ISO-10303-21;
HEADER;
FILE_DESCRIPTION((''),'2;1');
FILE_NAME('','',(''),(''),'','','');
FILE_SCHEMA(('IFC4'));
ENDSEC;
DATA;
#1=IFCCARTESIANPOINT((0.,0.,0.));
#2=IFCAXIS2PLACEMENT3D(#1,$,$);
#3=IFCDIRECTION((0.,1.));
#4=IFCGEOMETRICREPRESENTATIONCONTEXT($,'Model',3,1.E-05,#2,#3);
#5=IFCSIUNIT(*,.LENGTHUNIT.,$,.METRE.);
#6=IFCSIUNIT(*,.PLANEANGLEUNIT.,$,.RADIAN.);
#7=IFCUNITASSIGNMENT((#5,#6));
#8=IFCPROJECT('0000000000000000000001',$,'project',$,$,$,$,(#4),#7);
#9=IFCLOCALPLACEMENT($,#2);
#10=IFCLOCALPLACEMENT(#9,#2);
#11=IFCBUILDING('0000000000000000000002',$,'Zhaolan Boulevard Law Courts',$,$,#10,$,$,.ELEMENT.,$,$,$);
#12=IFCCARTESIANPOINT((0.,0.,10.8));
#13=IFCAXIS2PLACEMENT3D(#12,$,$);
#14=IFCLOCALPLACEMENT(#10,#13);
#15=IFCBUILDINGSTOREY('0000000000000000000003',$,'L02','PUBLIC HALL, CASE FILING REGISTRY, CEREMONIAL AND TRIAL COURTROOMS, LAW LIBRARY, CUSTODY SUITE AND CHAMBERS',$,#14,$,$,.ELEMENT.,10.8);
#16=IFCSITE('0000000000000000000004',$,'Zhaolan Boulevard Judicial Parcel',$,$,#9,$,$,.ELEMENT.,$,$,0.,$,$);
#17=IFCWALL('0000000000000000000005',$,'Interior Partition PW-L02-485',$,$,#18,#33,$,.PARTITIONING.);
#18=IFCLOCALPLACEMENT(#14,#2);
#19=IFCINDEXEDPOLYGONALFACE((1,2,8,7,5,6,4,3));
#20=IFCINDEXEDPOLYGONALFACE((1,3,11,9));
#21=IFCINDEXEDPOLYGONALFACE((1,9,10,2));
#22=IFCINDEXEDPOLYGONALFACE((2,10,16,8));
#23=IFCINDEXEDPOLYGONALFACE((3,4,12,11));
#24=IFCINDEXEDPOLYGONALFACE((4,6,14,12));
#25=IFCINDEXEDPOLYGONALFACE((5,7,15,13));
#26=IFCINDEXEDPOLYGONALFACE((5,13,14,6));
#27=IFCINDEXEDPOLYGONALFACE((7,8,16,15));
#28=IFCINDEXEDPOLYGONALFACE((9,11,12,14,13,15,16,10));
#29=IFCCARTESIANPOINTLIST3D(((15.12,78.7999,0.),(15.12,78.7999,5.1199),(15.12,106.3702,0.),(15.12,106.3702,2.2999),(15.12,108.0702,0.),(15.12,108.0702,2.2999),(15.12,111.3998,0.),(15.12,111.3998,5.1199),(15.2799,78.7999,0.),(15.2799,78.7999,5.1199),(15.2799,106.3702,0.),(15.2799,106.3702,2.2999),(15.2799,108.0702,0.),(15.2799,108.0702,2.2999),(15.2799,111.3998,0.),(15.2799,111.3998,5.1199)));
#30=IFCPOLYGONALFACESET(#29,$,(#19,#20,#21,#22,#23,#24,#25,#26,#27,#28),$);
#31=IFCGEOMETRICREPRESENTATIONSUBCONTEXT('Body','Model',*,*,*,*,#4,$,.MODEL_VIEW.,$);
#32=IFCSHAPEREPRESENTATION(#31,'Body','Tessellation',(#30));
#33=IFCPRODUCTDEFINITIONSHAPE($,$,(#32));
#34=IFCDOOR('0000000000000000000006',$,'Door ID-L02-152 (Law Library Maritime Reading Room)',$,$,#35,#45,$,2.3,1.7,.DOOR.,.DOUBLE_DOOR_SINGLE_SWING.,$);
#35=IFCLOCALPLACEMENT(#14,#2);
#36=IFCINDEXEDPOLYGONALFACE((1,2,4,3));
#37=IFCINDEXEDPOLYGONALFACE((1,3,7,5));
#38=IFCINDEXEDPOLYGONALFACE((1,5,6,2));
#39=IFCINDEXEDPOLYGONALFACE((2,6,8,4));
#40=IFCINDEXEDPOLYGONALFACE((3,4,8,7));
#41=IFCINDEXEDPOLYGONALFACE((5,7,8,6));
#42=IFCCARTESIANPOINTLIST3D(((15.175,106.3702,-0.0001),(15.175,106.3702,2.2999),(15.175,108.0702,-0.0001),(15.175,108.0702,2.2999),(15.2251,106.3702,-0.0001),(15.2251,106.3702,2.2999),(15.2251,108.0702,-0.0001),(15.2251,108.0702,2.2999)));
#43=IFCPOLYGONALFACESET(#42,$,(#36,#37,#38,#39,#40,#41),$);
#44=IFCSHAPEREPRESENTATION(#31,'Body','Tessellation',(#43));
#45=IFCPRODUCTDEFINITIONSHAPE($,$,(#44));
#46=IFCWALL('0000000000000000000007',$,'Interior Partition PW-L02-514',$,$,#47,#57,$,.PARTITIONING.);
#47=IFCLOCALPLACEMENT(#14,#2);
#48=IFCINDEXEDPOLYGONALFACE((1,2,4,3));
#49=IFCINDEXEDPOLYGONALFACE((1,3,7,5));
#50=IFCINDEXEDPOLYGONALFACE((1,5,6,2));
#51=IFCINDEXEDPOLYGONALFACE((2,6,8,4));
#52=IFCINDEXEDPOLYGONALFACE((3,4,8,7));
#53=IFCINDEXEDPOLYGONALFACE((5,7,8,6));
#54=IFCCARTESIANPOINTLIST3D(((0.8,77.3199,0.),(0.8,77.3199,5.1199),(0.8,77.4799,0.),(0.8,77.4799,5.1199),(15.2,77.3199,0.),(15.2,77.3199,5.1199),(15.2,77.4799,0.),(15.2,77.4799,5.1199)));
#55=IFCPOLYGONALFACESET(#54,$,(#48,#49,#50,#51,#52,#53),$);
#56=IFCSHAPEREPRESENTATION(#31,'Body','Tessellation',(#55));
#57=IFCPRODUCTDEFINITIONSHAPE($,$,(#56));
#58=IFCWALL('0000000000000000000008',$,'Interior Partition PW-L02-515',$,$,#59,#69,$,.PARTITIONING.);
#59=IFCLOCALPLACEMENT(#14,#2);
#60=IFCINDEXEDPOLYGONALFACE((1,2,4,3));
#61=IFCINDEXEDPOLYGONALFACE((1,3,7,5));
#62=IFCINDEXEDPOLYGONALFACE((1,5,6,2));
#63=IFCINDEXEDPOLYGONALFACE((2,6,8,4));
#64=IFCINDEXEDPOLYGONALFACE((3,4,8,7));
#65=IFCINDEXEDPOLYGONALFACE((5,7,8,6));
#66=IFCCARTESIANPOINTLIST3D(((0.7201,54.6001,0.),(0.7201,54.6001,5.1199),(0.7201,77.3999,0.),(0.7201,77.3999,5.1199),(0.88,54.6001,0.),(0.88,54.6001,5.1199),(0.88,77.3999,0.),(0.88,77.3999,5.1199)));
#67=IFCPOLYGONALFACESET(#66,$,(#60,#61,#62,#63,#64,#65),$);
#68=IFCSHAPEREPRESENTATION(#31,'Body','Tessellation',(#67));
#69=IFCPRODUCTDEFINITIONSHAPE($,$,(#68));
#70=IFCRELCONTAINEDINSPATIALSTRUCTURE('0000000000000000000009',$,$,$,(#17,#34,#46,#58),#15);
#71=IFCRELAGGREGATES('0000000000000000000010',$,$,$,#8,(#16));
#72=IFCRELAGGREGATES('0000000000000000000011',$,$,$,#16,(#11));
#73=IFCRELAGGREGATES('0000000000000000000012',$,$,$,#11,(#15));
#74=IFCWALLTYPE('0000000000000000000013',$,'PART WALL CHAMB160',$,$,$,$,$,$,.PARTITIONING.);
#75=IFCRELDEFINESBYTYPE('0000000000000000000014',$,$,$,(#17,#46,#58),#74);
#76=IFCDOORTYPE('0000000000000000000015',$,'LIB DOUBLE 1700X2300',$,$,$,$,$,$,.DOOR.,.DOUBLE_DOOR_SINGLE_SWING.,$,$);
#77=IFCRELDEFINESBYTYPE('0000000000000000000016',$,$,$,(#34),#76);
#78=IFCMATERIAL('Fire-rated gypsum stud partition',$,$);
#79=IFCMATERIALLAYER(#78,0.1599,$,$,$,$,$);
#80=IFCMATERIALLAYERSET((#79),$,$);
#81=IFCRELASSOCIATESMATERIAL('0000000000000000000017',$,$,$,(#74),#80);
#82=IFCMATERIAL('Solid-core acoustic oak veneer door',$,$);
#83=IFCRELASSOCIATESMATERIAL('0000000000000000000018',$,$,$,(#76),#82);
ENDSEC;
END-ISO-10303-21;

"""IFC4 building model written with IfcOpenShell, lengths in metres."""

from ifc_helpers import new_model, si_unit, direction, frame, frame_2d, origin, place, context, subcontext, project, spatial, rectangle, extrude, material, layer, layer_set, type_object, element, fill, save


model = new_model("IFC4")

# Units and contexts
model_context = context("Model", 3, precision=1e-05, world=origin(), true_north=direction((0.0, 1.0)))
body_context = subcontext(model_context, "Body", "Model", "MODEL_VIEW")
ifc_project = project(units=[si_unit("LENGTHUNIT", "METRE"), si_unit("PLANEANGLEUNIT", "RADIAN")], contexts=[model_context])

# Site, building, storey
site_placement = place(None, origin())
site = spatial("IfcSite", under=ifc_project, at=site_placement, Name="Zhaolan Boulevard Judicial Parcel", CompositionType="ELEMENT", RefElevation=0.0)
building_placement = place(site_placement, origin())
building = spatial("IfcBuilding", under=site, at=building_placement, Name="Zhaolan Boulevard Law Courts", CompositionType="ELEMENT")
storey_placement = place(building_placement, frame((0.0, 0.0, 10.8)))
storey = spatial("IfcBuildingStorey", under=building, at=storey_placement, Name="L02", Description="PUBLIC HALL, CASE FILING REGISTRY, CEREMONIAL AND TRIAL COURTROOMS, LAW LIBRARY, CUSTODY SUITE AND CHAMBERS", CompositionType="ELEMENT", Elevation=10.8)

# Shared definitions
ifc_material_1 = material(Name="Fire-rated gypsum stud partition")
ifc_layer_1 = layer(ifc_material_1, 0.1599)
ifc_layer_set_1 = layer_set([ifc_layer_1])
wall_type = type_object("IfcWallType", Name="PART WALL CHAMB160", PredefinedType="PARTITIONING", material=ifc_layer_set_1)

# Wall, opening, door
wall_1_placement = place(storey_placement, frame((15.2, 78.8, 0.0), z_axis=(0.0, 0.0, 1.0), x_axis=(0.0, 1.0, 0.0)))
wall_1 = element("IfcWall", 1, at=wall_1_placement, inside=storey, type_object=wall_type, Name="Interior Partition PW-L02-485", PredefinedType="PARTITIONING", context=body_context, shape_type="SweptSolid", body=[
    extrude(rectangle(XDim=32.5999, YDim=0.1599, at=frame_2d((16.2998, 0.0))), origin(), (0.0, 0.0, 1.0), 5.1199),
])
opening_placement = place(wall_1_placement, frame((27.5701, 0.0, 0.0)))
opening = element("IfcOpeningElement", 2, at=opening_placement, cuts=wall_1, PredefinedType="OPENING", context=body_context, shape_type="SweptSolid", body=[
    extrude(rectangle(XDim=1.7, YDim=2.3, at=frame_2d((0.8501, 1.1499))), frame((0.0, 0.0898, 0.0), z_axis=(0.0, -1.0, 0.0), x_axis=(1.0, 0.0, 0.0)), (0.0, 0.0, 1.0), 0.1799),
])
ifc_material_2 = material(Name="Solid-core acoustic oak veneer door")
door_type = type_object("IfcDoorType", Name="LIB DOUBLE 1700X2300", OperationType="DOUBLE_DOOR_SINGLE_SWING", PredefinedType="DOOR", material=ifc_material_2)
door_placement = place(opening_placement, origin())
door = element("IfcDoor", 3, at=door_placement, inside=storey, type_object=door_type, Name="Door ID-L02-152 (Law Library Maritime Reading Room)", OperationType="DOUBLE_DOOR_SINGLE_SWING", OverallHeight=2.3, OverallWidth=1.7, PredefinedType="DOOR", context=body_context, shape_type="SweptSolid", body=[
    extrude(rectangle(XDim=1.7, YDim=2.3, at=frame_2d((0.8501, 1.1499))), frame((0.0, 0.0249, 0.0), z_axis=(0.0, -1.0, 0.0), x_axis=(1.0, 0.0, 0.0)), (0.0, 0.0, 1.0), 0.05),
])
fill(opening, door)

# Walls
wall_2_placement = place(storey_placement, frame((15.2, 77.3999, 0.0), z_axis=(0.0, 0.0, 1.0), x_axis=(-1.0, 0.0, 0.0)))
element("IfcWall", 4, at=wall_2_placement, inside=storey, type_object=wall_type, Name="Interior Partition PW-L02-514", PredefinedType="PARTITIONING", context=body_context, shape_type="SweptSolid", body=[
    extrude(rectangle(XDim=14.3999, YDim=0.1599, at=frame_2d((7.2, 0.0))), origin(), (0.0, 0.0, 1.0), 5.1199),
])
wall_3_placement = place(storey_placement, frame((0.8, 77.3999, 0.0), z_axis=(0.0, 0.0, 1.0), x_axis=(0.0, -1.0, 0.0)))
element("IfcWall", 5, at=wall_3_placement, inside=storey, type_object=wall_type, Name="Interior Partition PW-L02-515", PredefinedType="PARTITIONING", context=body_context, shape_type="SweptSolid", body=[
    extrude(rectangle(XDim=22.7998, YDim=0.1599, at=frame_2d((11.3999, 0.0))), origin(), (0.0, 0.0, 1.0), 5.1199),
])

save(model, "model.ifc")
